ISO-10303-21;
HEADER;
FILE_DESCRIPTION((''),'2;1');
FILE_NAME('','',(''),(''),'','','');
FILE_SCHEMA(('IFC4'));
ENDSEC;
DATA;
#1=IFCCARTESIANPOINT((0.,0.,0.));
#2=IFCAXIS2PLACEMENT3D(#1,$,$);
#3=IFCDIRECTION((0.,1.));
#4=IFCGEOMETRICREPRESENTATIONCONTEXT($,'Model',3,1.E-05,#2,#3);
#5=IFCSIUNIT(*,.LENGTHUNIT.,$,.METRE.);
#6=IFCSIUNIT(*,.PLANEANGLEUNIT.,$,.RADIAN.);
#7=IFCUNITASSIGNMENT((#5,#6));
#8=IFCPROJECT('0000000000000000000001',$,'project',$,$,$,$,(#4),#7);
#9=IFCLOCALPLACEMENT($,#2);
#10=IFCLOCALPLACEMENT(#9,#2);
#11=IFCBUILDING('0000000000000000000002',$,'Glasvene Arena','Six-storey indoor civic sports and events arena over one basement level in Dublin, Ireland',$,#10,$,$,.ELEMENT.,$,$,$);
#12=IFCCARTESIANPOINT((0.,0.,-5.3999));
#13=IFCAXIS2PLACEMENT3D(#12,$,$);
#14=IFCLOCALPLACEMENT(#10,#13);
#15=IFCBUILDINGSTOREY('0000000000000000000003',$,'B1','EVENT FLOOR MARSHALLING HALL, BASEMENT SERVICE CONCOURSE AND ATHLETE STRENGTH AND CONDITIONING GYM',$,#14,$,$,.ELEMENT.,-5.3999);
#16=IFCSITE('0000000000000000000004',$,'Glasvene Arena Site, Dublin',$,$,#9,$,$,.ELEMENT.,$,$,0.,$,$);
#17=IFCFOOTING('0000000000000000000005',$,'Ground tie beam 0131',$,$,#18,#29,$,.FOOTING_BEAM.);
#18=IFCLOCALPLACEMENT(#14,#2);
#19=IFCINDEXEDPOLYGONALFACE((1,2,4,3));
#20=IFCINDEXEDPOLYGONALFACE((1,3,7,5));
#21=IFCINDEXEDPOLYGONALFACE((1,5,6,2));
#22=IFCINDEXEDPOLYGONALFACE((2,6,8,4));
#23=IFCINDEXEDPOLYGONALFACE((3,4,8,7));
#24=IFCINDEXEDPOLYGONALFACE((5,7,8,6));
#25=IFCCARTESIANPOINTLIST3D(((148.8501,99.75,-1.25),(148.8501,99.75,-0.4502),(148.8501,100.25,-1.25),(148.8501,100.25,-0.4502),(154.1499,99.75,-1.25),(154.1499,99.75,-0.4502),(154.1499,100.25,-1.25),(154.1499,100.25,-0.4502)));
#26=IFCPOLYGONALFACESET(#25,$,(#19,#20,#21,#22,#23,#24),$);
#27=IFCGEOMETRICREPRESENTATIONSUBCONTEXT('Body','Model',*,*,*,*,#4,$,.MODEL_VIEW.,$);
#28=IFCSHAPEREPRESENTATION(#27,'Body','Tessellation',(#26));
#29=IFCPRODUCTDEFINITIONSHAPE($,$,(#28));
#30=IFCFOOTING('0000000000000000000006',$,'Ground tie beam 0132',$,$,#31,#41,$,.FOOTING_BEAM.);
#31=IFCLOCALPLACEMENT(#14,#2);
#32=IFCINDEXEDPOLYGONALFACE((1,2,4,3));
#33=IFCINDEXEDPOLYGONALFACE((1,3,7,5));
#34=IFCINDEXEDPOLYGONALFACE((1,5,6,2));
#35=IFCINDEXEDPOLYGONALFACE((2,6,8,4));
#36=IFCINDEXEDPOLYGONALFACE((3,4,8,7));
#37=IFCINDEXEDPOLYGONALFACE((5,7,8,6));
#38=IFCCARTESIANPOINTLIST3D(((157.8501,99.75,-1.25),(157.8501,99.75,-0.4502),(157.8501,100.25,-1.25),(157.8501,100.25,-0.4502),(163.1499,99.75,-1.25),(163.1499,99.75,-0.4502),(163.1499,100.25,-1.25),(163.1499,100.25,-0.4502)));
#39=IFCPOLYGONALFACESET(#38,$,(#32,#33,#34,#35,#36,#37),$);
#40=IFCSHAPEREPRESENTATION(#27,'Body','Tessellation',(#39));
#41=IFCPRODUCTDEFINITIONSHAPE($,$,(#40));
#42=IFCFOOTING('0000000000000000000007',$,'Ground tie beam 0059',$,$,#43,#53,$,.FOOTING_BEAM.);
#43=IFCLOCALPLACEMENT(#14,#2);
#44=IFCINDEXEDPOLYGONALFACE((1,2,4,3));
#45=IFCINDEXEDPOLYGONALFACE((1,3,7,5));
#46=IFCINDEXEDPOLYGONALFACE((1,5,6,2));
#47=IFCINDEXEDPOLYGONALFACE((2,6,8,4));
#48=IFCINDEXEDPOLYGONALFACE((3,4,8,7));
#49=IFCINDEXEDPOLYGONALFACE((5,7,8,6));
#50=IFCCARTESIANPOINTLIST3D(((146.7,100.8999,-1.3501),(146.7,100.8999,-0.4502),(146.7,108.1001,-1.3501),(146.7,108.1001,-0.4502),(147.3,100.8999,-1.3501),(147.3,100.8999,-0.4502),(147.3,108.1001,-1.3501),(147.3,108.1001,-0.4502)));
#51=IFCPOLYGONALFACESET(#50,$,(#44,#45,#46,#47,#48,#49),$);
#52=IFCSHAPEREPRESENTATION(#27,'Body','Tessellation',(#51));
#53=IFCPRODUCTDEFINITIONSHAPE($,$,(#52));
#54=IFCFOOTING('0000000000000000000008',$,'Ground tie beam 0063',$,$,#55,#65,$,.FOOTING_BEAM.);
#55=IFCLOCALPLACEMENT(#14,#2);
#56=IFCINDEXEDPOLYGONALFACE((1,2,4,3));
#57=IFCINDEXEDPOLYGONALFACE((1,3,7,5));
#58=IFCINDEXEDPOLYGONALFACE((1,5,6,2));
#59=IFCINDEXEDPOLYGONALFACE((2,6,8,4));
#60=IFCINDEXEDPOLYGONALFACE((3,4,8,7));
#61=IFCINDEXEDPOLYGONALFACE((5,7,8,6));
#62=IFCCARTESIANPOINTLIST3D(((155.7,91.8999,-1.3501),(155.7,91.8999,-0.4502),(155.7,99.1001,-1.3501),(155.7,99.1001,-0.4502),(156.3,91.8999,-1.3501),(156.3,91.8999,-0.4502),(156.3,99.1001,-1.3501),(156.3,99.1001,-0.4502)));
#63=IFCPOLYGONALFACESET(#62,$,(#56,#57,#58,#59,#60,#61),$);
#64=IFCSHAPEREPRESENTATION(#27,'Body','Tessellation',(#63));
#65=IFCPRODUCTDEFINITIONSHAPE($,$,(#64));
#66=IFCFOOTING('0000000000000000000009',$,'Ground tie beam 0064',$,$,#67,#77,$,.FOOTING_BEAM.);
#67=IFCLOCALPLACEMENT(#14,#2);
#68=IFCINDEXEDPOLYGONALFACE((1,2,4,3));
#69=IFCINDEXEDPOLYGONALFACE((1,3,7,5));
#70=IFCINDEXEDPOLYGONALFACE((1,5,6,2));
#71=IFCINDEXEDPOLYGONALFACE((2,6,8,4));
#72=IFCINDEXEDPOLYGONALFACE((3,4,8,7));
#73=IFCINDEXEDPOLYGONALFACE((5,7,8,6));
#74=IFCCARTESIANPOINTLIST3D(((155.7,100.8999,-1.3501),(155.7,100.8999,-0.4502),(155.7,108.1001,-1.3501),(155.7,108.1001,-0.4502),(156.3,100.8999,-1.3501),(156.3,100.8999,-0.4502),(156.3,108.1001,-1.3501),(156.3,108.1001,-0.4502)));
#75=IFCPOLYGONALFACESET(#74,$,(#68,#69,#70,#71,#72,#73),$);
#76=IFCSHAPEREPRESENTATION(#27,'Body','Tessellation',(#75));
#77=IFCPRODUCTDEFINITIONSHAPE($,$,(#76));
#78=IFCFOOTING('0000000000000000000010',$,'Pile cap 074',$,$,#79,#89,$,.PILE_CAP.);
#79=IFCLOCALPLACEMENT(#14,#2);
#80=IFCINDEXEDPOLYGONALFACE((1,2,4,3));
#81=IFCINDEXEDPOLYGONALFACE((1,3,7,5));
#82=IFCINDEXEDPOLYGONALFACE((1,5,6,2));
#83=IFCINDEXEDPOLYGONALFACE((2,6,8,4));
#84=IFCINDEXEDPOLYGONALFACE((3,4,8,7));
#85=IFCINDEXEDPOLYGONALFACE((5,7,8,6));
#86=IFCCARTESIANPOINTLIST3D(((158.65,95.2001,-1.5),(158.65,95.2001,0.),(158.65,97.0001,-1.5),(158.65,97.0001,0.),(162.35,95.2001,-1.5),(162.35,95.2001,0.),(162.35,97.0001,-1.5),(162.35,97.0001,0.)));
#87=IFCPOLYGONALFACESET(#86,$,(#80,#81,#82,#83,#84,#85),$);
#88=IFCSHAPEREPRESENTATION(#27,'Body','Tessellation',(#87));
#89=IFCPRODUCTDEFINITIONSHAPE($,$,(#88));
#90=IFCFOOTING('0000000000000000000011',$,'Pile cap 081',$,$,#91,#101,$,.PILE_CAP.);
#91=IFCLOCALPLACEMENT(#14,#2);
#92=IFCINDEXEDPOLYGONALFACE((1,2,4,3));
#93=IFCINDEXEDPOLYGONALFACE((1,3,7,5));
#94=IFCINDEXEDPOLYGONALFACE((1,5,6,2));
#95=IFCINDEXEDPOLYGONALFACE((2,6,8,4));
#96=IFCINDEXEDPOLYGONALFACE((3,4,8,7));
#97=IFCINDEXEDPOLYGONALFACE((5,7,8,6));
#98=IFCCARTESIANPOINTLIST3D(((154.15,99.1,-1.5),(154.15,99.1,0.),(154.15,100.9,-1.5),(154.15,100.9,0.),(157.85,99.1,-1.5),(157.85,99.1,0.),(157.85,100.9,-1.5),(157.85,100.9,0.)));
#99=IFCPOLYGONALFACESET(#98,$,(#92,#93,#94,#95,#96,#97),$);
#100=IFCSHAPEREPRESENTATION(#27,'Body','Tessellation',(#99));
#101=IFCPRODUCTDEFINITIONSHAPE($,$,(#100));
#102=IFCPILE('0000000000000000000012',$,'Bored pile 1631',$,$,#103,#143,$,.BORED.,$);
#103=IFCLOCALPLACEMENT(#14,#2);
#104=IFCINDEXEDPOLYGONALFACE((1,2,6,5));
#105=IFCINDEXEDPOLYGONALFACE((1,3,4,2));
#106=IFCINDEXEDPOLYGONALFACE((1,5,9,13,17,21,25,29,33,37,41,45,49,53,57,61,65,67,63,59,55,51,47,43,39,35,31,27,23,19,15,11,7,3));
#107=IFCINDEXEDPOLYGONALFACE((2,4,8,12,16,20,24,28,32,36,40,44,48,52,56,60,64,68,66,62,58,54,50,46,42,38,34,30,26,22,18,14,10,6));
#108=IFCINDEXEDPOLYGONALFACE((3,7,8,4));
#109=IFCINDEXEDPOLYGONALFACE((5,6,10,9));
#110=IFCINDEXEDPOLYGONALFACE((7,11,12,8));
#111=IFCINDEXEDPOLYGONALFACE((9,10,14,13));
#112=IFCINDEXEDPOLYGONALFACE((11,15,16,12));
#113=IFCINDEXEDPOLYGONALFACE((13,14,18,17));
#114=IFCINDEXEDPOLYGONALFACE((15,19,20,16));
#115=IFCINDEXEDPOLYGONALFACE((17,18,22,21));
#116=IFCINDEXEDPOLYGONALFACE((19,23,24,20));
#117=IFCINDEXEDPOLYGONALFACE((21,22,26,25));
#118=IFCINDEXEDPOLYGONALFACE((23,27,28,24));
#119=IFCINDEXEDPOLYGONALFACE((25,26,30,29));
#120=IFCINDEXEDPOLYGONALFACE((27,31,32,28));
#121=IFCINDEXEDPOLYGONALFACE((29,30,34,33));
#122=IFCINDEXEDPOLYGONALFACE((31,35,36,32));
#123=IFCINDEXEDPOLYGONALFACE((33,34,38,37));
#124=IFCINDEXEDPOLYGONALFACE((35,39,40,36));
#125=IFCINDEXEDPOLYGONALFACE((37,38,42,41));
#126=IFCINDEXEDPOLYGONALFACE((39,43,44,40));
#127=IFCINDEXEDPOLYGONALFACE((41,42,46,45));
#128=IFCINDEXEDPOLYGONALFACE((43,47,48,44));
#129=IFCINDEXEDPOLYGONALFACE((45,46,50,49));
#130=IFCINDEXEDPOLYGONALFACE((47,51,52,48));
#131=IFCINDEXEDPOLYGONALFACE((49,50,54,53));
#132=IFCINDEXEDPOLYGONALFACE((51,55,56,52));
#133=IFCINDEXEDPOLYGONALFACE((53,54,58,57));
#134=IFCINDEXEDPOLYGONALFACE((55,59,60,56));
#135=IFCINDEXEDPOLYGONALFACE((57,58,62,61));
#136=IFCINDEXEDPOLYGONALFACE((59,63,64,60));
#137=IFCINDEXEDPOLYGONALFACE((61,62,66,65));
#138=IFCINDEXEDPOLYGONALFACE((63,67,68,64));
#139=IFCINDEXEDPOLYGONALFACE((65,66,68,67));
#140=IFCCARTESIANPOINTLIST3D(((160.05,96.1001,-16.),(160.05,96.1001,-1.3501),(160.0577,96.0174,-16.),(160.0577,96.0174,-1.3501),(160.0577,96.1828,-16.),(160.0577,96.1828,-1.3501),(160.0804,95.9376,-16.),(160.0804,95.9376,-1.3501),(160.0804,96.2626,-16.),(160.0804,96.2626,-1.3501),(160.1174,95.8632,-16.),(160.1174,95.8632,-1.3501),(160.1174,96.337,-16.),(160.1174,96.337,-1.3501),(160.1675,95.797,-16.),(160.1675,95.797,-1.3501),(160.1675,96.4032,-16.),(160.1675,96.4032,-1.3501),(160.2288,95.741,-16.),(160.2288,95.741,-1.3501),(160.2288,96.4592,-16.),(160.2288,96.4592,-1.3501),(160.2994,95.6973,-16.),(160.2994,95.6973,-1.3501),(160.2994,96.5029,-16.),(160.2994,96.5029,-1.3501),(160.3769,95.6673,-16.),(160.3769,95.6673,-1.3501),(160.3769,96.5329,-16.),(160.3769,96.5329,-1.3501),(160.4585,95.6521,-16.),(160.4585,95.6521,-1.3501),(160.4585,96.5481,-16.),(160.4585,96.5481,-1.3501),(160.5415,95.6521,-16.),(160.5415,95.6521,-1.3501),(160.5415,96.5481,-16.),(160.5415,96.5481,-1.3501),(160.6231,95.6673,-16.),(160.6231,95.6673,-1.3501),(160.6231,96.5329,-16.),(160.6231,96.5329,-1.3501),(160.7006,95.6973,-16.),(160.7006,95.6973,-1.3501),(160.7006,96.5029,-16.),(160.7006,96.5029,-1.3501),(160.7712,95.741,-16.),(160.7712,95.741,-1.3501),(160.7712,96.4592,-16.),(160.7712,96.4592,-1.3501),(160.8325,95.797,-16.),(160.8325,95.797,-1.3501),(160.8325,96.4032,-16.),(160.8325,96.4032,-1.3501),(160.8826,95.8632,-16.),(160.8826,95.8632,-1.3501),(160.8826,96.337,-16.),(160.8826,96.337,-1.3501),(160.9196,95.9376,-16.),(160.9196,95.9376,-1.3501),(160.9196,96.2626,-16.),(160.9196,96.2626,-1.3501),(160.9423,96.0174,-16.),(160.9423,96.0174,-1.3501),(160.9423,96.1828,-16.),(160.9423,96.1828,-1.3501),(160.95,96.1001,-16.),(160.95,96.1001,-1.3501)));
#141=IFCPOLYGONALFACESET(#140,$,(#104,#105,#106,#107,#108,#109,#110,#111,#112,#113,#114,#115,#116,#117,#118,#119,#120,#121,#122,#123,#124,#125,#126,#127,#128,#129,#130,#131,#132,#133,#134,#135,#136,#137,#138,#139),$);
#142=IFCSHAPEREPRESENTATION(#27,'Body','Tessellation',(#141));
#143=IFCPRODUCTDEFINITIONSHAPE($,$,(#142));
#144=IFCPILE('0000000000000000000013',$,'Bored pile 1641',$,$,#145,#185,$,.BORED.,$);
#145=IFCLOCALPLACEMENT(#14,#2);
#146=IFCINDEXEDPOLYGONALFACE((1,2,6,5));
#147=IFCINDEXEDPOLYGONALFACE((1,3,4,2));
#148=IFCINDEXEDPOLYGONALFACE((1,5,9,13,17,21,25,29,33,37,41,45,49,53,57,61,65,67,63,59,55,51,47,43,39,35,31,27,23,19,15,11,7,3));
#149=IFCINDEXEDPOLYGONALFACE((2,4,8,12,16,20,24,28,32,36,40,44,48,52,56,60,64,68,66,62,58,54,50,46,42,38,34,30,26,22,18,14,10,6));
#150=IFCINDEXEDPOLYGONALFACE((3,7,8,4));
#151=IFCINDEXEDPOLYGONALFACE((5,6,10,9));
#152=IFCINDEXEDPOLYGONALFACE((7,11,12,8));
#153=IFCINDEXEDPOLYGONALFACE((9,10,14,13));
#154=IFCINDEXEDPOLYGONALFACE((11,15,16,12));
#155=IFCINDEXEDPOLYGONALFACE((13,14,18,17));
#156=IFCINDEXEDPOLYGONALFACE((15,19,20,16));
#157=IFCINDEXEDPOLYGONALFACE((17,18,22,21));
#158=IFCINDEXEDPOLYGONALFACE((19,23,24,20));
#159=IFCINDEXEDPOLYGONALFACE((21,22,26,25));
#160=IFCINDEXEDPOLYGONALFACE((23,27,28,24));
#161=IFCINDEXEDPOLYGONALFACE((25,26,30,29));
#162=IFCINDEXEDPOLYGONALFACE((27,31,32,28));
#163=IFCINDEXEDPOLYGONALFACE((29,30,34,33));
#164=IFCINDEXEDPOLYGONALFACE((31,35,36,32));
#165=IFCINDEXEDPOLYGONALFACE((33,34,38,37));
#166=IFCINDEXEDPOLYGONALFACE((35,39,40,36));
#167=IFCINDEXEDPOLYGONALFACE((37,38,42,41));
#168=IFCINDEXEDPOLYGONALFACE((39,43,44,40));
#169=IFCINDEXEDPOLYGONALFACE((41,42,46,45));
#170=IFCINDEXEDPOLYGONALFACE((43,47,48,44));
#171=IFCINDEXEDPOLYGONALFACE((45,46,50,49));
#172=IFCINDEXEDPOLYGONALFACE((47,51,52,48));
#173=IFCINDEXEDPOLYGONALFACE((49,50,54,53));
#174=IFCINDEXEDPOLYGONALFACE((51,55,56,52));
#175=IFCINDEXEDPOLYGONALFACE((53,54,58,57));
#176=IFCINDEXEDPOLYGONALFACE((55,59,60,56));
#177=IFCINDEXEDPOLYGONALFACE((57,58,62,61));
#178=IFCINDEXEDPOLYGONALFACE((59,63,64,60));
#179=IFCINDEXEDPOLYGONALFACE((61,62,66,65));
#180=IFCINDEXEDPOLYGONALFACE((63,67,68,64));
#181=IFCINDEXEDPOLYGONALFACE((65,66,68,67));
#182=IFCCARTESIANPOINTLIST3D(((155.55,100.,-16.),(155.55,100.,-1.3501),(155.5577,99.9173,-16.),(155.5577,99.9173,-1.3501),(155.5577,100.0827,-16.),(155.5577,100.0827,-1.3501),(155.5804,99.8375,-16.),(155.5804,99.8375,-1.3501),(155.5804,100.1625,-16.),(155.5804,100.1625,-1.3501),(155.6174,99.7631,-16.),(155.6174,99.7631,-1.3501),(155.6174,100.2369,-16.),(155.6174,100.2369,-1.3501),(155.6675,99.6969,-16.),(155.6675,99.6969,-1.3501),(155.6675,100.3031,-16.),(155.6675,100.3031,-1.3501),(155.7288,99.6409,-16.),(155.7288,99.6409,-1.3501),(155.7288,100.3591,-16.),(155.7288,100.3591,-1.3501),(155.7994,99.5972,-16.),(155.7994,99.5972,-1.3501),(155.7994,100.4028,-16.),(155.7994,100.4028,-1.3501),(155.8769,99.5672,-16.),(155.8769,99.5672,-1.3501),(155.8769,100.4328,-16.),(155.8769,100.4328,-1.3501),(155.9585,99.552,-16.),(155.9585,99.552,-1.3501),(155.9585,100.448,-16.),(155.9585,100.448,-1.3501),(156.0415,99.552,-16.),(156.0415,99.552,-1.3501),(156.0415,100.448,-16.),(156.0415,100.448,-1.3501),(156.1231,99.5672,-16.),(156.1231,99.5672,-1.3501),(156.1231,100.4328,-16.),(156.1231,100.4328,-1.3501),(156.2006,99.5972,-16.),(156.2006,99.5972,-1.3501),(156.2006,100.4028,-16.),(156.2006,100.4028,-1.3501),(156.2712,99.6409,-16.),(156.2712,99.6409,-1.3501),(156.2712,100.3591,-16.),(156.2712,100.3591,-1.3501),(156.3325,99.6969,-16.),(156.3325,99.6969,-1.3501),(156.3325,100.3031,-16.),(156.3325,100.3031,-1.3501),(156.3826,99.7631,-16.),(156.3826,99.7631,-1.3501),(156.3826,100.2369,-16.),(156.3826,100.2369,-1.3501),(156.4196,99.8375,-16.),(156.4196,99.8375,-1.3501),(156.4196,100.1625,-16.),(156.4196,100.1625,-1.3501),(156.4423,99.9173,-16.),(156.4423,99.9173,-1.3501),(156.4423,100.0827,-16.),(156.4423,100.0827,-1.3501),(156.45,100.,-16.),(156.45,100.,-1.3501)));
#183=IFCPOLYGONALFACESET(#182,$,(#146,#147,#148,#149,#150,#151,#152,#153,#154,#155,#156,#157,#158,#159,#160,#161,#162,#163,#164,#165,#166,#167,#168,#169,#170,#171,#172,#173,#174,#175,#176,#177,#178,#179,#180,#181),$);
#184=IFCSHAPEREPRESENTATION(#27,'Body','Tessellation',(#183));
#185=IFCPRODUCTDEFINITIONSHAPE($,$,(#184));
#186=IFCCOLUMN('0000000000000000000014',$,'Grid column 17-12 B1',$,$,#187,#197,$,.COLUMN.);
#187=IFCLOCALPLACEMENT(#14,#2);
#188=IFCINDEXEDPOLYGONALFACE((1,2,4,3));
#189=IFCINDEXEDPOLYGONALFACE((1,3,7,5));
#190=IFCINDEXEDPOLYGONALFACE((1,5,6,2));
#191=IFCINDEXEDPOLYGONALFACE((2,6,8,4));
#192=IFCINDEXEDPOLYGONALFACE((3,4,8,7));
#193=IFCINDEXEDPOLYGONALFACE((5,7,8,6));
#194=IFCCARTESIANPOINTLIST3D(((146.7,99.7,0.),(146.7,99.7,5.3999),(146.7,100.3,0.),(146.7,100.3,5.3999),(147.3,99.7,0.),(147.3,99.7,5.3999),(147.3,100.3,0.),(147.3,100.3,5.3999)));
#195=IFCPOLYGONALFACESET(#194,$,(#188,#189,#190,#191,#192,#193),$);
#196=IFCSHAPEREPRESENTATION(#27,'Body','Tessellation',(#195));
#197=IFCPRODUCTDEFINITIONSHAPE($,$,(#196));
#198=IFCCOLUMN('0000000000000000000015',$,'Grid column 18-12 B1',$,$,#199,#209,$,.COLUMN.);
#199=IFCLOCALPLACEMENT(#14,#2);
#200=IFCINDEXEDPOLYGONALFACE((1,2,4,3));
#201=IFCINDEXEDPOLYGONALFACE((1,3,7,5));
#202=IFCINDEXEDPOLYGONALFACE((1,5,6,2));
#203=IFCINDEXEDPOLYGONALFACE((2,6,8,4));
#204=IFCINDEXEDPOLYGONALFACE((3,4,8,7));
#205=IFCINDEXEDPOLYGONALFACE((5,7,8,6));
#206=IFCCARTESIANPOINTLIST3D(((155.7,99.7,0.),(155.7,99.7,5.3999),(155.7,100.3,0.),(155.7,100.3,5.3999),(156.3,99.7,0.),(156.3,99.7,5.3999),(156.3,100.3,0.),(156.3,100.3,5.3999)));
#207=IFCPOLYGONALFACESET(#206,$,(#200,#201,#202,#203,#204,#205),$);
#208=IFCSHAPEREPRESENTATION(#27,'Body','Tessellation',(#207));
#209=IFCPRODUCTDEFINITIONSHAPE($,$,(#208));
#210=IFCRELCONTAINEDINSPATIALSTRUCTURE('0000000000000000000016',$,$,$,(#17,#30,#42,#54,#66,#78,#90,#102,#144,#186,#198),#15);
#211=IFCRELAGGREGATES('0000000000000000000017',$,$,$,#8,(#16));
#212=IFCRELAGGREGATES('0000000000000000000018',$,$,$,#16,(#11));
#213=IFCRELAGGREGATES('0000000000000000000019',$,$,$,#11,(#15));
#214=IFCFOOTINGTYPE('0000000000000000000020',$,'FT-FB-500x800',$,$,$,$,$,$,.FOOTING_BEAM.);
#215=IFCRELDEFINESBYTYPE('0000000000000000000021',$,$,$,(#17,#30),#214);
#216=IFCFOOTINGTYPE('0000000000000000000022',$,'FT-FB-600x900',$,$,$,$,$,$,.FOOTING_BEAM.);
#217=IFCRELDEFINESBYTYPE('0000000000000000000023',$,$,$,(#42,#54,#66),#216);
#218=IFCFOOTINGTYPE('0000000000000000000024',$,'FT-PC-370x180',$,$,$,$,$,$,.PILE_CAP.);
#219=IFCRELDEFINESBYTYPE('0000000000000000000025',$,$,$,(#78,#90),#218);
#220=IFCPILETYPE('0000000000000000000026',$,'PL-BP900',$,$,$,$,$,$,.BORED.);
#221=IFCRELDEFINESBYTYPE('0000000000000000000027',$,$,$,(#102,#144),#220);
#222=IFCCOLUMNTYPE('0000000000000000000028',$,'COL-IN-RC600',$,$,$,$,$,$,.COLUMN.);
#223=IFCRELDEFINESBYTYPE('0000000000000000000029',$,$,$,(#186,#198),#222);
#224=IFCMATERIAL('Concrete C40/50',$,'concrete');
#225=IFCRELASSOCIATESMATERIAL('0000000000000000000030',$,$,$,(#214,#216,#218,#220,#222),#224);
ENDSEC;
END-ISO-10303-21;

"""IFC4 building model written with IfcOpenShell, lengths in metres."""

from ifc_helpers import new_model, si_unit, direction, frame, origin, origin_2d, place, context, subcontext, project, spatial, polyline, rectangle, circle, outline, extrude, material, material_profile, profile_set, type_object, element, save


model = new_model("IFC4")

# Units and contexts
model_context = context("Model", 3, precision=1e-05, world=origin(), true_north=direction((0.0, 1.0)))
body_context = subcontext(model_context, "Body", "Model", "MODEL_VIEW")
ifc_project = project(units=[si_unit("LENGTHUNIT", "METRE"), si_unit("PLANEANGLEUNIT", "RADIAN")], contexts=[model_context])

# Site, building, storey
site_placement = place(None, origin())
site = spatial("IfcSite", under=ifc_project, at=site_placement, Name="Glasvene Arena Site, Dublin", CompositionType="ELEMENT", RefElevation=0.0)
building_placement = place(site_placement, origin())
building = spatial("IfcBuilding", under=site, at=building_placement, Name="Glasvene Arena", Description="Six-storey indoor civic sports and events arena over one basement level in Dublin, Ireland", CompositionType="ELEMENT")
storey_placement = place(building_placement, frame((0.0, 0.0, -5.3999)))
storey = spatial("IfcBuildingStorey", under=building, at=storey_placement, Name="B1", Description="EVENT FLOOR MARSHALLING HALL, BASEMENT SERVICE CONCOURSE AND ATHLETE STRENGTH AND CONDITIONING GYM", CompositionType="ELEMENT", Elevation=-5.3999)

# Footings
ifc_material_1 = material(Name="Concrete C40/50", Category="concrete")
footing_type_1 = type_object("IfcFootingType", Name="FT-FB-500x800", PredefinedType="FOOTING_BEAM", material=ifc_material_1)
for number, where, name in (
    (1, (151.5, 100.0, -1.25), "Ground tie beam 0131"),
    (2, (160.5, 100.0, -1.25), "Ground tie beam 0132"),
):
    element("IfcFooting", number, at=place(storey_placement, frame(where)), inside=storey, type_object=footing_type_1, Name=name, PredefinedType="FOOTING_BEAM", context=body_context, shape_type="SweptSolid", body=[
        extrude(outline(polyline([(-2.6499, -0.25), (2.6499, -0.25), (2.6499, 0.25), (-2.6499, 0.25), (-2.6499, -0.25)])), origin(), (0.0, 0.0, 1.0), 0.7998),
    ])
footing_type_2 = type_object("IfcFootingType", Name="FT-FB-600x900", PredefinedType="FOOTING_BEAM", material=ifc_material_1)
for number, where, name in (
    (3, (147.0, 104.5, -1.3501), "Ground tie beam 0059"),
    (4, (156.0, 95.5, -1.3501), "Ground tie beam 0063"),
    (5, (156.0, 104.5, -1.3501), "Ground tie beam 0064"),
):
    element("IfcFooting", number, at=place(storey_placement, frame(where)), inside=storey, type_object=footing_type_2, Name=name, PredefinedType="FOOTING_BEAM", context=body_context, shape_type="SweptSolid", body=[
        extrude(outline(polyline([(-0.3, -3.6001), (0.3, -3.6001), (0.3, 3.6001), (-0.3, 3.6001), (-0.3, -3.6001)])), origin(), (0.0, 0.0, 1.0), 0.8999),
    ])
footing_type_3 = type_object("IfcFootingType", Name="FT-PC-370x180", PredefinedType="PILE_CAP", material=ifc_material_1)
for number, where, z_axis, x_axis, name in (
    (6, (160.5, 96.1001, -1.5), (0.0, 0.0, 1.0), (1.0, 0.0, 0.0), "Pile cap 074"),
    (7, (156.0, 100.0, -1.5), (0.0, 0.0, 1.0), (1.0, 0.0, 0.0), "Pile cap 081"),
):
    element("IfcFooting", number, at=place(storey_placement, frame(where, z_axis=z_axis, x_axis=x_axis)), inside=storey, type_object=footing_type_3, Name=name, PredefinedType="PILE_CAP", context=body_context, shape_type="SweptSolid", body=[
        extrude(rectangle(XDim=3.7, YDim=1.8, at=origin_2d()), origin(), (0.0, 0.0, 1.0), 1.5),
    ])

# Piles
ifc_material_profile_1 = material_profile(ifc_material_1, circle(Radius=0.45, at=origin_2d()), Name="BORED PILE 900")
ifc_profile_set_1 = profile_set([ifc_material_profile_1], Name="Concrete C40/50")
pile_type = type_object("IfcPileType", Name="PL-BP900", PredefinedType="BORED", material=ifc_profile_set_1)
for number, where, z_axis, x_axis, name in (
    (8, (160.5, 96.1001, -1.3501), (0.0, 0.0, -1.0), (1.0, 0.0, 0.0), "Bored pile 1631"),
    (9, (156.0, 100.0, -1.3501), (0.0, 0.0, -1.0), (1.0, 0.0, 0.0), "Bored pile 1641"),
):
    element("IfcPile", number, at=place(storey_placement, frame(where, z_axis=z_axis, x_axis=x_axis)), inside=storey, type_object=pile_type, Name=name, PredefinedType="BORED", context=body_context, shape_type="SweptSolid", body=[
        extrude(circle(Radius=0.45, at=origin_2d()), origin(), (0.0, 0.0, 1.0), 14.6499),
    ])

# Columns
ifc_material_profile_2 = material_profile(ifc_material_1, rectangle(XDim=0.6001, YDim=0.6001, at=origin_2d()), Name="RC 600x600")
ifc_profile_set_2 = profile_set([ifc_material_profile_2], Name="Concrete C40/50")
column_type = type_object("IfcColumnType", Name="COL-IN-RC600", PredefinedType="COLUMN", material=ifc_profile_set_2)
for number, where, z_axis, x_axis, name in (
    (10, (147.0, 100.0, 0.0), (0.0, 0.0, 1.0), (1.0, 0.0, 0.0), "Grid column 17-12 B1"),
    (11, (156.0, 100.0, 0.0), (0.0, 0.0, 1.0), (1.0, 0.0, 0.0), "Grid column 18-12 B1"),
):
    element("IfcColumn", number, at=place(storey_placement, frame(where, z_axis=z_axis, x_axis=x_axis)), inside=storey, type_object=column_type, Name=name, PredefinedType="COLUMN", context=body_context, shape_type="SweptSolid", body=[
        extrude(rectangle(XDim=0.6001, YDim=0.6001, at=origin_2d()), origin(), (0.0, 0.0, 1.0), 5.3999),
    ])

save(model, "model.ifc")
